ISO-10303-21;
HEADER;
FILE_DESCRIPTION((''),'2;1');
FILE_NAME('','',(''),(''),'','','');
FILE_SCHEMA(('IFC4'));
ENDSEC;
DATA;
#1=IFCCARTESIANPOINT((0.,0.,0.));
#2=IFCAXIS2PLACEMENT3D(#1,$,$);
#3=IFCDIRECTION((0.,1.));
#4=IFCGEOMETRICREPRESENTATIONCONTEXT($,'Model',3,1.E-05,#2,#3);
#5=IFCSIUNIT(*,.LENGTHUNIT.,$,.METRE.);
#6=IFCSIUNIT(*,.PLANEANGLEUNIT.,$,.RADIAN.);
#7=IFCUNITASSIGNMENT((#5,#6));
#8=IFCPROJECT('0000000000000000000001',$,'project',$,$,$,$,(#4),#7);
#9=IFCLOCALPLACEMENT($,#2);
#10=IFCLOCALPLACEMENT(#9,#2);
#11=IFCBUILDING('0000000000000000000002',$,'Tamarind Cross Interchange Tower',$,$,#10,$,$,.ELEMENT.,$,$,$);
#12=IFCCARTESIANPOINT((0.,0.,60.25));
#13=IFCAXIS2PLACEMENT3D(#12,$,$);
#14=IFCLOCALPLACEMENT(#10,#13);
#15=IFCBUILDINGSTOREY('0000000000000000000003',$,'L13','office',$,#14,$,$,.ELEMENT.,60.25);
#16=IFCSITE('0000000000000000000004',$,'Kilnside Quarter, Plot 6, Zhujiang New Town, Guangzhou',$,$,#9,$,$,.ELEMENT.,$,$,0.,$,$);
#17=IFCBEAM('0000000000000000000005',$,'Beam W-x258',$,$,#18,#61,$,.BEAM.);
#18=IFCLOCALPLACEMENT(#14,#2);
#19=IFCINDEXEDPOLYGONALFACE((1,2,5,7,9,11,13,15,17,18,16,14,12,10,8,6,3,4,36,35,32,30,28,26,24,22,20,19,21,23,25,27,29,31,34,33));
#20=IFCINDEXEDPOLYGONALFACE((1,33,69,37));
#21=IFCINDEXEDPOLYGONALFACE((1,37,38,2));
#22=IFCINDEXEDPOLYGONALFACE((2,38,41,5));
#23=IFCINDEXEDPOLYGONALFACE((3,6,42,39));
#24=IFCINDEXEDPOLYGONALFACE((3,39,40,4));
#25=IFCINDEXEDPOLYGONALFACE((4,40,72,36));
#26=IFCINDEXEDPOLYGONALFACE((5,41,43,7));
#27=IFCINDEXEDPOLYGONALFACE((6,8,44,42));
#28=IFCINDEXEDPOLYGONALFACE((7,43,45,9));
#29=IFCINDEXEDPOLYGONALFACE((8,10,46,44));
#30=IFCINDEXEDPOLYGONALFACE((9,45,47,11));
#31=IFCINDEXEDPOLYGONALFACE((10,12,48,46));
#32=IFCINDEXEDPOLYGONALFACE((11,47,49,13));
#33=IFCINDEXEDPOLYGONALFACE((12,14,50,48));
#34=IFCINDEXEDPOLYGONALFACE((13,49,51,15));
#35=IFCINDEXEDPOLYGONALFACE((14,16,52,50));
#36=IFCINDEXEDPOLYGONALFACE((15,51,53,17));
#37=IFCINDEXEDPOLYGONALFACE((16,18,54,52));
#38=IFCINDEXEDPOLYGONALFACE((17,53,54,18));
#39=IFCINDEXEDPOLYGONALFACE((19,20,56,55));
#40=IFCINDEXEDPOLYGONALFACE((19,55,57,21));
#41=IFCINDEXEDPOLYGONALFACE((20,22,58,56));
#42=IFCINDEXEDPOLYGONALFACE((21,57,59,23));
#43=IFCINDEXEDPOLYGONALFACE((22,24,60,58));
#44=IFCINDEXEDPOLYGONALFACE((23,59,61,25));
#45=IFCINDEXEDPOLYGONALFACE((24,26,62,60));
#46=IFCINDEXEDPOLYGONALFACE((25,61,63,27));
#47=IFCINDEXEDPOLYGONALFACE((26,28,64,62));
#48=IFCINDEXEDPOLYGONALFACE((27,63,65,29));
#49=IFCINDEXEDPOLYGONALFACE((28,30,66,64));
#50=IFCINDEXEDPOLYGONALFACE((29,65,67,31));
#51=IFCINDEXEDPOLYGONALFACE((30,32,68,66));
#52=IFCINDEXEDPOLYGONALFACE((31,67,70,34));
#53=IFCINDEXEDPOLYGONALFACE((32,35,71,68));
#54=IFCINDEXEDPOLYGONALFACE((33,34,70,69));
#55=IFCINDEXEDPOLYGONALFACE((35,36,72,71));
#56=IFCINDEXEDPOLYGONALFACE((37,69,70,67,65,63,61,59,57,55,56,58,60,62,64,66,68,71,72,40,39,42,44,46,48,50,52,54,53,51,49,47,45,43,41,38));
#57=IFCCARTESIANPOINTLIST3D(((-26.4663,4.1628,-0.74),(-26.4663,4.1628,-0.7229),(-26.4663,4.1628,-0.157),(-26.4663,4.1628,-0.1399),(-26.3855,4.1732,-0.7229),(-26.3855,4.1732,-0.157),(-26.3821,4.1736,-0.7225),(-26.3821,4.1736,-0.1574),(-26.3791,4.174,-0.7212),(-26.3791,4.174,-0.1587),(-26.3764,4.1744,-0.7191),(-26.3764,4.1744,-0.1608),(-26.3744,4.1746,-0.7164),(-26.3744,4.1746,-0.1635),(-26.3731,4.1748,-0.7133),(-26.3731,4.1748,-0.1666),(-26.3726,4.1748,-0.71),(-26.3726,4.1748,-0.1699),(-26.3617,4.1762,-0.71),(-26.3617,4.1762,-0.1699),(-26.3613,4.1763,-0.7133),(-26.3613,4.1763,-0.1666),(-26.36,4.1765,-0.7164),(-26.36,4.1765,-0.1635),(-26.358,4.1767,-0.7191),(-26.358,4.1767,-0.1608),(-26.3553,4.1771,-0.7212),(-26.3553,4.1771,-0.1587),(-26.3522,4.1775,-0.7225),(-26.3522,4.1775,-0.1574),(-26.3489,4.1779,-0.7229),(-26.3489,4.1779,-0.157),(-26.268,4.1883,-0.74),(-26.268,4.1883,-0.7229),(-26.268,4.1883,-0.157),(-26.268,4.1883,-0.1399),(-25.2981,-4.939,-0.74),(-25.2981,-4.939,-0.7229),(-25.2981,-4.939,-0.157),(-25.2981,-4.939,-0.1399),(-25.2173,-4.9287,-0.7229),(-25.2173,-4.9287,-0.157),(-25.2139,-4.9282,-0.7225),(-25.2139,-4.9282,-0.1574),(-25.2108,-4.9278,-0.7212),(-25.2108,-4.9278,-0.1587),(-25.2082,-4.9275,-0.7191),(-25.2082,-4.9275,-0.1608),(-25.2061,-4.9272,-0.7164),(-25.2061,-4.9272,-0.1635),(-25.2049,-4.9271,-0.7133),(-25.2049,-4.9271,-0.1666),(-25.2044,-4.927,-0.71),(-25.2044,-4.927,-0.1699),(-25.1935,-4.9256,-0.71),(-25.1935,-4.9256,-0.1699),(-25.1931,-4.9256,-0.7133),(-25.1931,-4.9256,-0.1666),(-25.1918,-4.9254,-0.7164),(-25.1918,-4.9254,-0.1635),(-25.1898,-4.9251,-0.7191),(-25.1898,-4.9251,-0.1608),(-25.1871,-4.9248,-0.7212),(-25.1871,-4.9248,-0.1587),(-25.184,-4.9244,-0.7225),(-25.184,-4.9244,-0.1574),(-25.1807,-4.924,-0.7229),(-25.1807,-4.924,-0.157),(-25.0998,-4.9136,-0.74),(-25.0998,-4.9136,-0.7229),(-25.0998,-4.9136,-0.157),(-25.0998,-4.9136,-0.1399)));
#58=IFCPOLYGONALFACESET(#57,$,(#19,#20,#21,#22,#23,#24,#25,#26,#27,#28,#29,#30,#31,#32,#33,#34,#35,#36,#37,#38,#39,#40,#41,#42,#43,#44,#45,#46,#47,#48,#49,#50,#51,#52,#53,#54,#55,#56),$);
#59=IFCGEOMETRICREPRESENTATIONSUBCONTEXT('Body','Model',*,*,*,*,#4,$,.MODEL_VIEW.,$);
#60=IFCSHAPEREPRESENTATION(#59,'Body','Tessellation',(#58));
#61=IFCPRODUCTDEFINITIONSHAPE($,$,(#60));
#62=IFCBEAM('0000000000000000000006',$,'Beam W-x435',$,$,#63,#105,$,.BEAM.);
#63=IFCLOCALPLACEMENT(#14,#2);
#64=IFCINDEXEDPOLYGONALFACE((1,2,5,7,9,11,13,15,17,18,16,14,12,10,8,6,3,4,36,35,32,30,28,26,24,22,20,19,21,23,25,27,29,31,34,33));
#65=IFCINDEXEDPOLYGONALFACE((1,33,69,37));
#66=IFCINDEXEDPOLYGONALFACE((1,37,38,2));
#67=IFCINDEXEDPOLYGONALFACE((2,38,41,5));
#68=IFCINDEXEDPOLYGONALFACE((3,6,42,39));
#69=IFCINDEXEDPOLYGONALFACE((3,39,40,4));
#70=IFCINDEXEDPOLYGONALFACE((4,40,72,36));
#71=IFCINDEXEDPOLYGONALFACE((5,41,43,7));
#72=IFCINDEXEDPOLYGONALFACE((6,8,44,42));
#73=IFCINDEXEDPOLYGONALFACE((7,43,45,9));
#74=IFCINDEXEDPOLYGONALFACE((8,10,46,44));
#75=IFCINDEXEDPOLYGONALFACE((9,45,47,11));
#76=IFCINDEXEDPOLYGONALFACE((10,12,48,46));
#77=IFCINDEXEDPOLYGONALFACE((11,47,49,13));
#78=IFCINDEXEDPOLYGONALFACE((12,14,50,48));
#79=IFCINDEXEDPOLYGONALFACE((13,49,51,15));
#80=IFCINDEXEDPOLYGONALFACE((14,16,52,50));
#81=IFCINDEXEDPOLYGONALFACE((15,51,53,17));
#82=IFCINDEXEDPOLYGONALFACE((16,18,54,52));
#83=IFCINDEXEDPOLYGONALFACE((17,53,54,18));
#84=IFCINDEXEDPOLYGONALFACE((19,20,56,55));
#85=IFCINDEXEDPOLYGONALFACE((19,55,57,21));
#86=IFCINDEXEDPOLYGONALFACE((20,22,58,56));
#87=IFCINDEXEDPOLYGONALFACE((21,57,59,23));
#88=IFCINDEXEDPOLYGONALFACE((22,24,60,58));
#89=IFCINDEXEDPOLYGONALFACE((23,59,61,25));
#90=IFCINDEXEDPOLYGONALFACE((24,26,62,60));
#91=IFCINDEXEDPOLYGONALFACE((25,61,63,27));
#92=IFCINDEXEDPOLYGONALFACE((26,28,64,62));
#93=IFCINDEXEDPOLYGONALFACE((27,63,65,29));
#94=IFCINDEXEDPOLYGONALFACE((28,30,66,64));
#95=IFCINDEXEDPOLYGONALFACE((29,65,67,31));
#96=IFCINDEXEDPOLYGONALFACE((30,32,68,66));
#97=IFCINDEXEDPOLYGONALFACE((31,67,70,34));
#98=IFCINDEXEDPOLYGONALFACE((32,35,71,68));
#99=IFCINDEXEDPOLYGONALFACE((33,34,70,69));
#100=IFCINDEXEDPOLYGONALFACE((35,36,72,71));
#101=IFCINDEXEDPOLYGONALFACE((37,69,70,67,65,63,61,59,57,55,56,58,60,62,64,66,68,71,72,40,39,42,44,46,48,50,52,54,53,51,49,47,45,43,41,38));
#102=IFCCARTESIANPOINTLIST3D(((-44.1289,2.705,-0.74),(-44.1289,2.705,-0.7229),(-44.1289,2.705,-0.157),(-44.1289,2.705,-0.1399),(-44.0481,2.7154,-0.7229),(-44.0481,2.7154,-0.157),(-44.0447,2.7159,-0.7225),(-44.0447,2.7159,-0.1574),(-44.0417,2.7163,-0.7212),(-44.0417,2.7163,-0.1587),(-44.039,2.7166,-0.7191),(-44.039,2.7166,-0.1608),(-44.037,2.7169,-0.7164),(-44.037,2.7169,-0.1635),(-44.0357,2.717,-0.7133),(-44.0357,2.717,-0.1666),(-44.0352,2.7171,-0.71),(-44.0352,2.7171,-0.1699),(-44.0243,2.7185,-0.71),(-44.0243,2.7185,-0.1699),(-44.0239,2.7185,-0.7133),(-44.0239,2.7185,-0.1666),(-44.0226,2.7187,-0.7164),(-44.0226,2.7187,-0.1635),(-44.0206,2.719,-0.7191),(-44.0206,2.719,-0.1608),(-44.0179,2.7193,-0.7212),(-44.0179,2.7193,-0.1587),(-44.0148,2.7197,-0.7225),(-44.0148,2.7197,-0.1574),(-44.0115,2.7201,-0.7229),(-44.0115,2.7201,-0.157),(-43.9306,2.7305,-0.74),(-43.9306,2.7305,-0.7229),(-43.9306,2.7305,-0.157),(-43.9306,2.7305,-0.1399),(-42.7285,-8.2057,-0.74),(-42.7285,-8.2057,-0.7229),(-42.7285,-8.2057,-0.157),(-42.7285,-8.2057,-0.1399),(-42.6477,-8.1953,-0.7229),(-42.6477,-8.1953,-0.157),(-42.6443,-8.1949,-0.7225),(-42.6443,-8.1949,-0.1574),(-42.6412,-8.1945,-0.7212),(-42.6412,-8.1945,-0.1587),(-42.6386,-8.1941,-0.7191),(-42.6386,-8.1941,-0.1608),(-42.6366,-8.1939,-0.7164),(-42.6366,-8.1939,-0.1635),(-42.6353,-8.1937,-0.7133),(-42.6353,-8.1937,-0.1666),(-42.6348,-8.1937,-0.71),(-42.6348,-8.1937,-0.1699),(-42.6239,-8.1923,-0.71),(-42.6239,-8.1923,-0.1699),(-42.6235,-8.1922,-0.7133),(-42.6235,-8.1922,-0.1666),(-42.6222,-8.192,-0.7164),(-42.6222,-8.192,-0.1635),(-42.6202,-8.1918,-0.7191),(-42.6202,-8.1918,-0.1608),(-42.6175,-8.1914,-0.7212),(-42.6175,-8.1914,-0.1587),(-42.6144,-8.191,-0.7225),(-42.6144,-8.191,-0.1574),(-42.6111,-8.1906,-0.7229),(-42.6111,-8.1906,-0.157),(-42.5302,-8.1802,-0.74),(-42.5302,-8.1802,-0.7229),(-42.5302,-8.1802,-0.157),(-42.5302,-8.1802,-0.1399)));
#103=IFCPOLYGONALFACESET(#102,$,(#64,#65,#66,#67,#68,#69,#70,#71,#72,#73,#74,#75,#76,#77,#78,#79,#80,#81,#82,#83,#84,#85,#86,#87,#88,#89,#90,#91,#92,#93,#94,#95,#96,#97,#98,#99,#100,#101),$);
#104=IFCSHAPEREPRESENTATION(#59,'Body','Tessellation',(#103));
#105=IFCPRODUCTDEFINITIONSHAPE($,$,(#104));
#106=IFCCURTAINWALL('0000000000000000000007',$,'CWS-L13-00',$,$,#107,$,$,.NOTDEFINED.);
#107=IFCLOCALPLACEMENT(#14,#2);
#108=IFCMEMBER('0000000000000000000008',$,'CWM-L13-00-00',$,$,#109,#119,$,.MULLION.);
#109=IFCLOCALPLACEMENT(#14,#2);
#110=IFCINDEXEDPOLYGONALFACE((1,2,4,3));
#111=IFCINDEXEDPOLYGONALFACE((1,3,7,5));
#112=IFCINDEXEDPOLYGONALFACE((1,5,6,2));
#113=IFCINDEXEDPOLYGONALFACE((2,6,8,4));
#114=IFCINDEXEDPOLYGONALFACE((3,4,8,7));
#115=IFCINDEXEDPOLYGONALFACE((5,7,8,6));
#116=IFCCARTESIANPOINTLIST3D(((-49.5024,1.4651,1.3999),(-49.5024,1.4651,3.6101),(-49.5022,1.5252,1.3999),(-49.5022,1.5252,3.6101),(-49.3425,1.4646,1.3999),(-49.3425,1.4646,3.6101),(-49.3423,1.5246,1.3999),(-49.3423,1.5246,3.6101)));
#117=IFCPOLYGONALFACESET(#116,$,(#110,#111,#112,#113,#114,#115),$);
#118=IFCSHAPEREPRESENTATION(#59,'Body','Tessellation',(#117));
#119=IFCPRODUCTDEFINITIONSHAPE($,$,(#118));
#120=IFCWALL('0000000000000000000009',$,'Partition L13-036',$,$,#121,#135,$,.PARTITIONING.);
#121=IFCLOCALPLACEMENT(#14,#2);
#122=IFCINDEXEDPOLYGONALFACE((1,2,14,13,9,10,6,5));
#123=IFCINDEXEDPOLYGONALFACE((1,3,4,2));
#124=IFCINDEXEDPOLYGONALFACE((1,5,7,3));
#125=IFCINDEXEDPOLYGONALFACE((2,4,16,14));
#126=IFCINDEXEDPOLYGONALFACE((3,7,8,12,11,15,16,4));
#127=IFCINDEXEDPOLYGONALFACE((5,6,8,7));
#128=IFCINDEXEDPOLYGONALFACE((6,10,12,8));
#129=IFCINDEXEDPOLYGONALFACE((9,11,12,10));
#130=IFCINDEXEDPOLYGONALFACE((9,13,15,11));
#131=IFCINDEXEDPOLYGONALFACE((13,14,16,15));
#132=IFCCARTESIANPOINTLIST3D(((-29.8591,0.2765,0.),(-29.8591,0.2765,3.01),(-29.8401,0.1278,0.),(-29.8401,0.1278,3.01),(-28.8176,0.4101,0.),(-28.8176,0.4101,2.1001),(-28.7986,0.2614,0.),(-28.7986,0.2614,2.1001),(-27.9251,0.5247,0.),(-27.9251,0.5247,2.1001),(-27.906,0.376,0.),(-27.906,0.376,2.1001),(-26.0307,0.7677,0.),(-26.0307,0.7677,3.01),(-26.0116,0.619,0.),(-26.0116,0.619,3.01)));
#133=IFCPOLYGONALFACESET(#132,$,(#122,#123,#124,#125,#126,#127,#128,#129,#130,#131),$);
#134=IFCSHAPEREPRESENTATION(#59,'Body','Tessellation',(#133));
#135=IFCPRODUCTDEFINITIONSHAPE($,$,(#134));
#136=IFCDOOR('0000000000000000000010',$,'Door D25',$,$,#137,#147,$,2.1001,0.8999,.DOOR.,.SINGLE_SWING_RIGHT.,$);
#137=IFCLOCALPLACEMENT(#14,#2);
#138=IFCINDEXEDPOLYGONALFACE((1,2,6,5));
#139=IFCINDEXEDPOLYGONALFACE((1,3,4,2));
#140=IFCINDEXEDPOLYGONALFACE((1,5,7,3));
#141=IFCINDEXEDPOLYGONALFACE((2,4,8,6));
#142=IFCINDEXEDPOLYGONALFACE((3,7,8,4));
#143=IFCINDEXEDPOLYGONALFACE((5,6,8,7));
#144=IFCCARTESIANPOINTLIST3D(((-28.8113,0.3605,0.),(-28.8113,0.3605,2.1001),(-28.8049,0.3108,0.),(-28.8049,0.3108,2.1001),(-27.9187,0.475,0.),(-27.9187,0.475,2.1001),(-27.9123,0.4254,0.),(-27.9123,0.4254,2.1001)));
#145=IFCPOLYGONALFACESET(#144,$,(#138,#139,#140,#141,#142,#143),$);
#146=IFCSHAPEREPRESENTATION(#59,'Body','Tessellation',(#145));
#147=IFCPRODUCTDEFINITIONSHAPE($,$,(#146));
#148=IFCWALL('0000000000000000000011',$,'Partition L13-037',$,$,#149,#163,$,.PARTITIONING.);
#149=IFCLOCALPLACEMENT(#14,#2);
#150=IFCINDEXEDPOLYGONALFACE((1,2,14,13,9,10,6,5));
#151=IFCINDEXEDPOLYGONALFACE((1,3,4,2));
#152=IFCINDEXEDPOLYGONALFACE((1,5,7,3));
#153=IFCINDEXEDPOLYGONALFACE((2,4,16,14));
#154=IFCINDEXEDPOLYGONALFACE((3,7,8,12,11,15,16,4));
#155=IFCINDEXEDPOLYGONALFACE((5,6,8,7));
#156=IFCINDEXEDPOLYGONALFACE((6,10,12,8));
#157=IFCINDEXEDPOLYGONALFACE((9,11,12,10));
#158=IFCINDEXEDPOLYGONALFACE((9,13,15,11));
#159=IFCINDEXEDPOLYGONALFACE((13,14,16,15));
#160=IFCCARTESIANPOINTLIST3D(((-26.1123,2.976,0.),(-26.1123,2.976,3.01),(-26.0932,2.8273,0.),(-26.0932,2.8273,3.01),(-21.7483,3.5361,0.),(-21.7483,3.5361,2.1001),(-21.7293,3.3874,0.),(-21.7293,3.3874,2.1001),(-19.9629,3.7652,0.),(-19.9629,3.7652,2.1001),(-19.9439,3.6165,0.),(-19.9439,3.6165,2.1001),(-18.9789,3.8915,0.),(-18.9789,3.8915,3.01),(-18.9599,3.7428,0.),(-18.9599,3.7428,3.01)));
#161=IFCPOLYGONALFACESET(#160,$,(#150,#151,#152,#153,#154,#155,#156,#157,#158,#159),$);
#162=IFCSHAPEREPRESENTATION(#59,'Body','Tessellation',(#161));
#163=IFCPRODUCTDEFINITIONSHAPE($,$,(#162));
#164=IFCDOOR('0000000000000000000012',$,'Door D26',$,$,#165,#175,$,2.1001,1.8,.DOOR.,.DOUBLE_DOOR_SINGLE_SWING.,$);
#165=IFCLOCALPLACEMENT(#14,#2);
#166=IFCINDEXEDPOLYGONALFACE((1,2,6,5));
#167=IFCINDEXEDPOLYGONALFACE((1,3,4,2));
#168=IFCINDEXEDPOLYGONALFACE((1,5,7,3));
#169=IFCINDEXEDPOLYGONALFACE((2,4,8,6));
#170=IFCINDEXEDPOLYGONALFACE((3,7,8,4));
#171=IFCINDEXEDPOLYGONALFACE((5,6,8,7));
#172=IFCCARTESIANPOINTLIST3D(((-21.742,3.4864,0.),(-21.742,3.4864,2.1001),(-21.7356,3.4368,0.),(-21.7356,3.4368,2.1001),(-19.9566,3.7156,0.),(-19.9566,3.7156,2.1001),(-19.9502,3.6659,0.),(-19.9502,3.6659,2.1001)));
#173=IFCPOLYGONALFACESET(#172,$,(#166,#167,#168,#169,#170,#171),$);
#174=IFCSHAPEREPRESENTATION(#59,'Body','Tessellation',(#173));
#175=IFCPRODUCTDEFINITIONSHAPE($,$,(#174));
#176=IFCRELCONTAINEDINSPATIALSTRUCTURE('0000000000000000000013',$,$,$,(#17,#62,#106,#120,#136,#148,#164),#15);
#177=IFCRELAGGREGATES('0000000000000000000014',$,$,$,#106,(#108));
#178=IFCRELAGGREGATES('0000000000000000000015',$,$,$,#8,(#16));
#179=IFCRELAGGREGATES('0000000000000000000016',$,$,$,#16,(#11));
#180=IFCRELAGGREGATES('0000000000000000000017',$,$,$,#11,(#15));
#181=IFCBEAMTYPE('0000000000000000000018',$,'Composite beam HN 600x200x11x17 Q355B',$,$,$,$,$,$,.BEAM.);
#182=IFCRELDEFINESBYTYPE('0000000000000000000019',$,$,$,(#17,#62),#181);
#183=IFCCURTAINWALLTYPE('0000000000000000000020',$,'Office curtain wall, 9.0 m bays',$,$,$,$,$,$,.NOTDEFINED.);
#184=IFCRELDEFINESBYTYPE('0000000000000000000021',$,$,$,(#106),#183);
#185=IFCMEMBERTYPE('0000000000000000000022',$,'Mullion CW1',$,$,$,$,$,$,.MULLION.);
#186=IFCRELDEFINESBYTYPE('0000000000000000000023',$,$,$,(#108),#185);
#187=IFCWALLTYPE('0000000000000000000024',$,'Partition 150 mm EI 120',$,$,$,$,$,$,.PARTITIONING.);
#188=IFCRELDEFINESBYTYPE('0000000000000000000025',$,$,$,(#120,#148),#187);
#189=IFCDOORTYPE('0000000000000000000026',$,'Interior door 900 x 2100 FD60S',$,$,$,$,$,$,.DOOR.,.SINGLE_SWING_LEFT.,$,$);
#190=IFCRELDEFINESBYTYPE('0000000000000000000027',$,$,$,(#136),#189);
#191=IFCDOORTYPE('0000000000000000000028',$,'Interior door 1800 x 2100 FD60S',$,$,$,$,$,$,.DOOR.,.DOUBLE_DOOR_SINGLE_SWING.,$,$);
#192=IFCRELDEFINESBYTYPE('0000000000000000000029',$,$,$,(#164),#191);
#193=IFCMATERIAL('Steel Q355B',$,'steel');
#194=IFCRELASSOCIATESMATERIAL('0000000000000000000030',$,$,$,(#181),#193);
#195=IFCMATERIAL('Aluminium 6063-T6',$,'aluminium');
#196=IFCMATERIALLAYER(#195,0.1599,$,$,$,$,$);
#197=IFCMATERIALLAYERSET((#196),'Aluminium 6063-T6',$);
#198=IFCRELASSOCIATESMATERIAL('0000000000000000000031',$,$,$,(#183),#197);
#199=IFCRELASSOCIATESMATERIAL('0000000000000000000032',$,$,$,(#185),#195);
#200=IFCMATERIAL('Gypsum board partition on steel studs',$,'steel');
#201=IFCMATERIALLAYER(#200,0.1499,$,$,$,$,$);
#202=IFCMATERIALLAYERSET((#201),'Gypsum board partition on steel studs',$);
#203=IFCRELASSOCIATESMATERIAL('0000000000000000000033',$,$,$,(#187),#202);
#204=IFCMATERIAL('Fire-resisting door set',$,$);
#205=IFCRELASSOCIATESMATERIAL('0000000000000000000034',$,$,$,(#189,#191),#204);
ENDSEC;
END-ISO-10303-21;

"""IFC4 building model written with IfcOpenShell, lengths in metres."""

from ifc_helpers import new_model, si_unit, direction, frame, frame_2d, origin, origin_2d, place, context, subcontext, project, spatial, rectangle, i_section, extrude, material, layer, layer_set, material_profile, profile_set, type_object, element, fill, aggregate, save


model = new_model("IFC4")

# Units and contexts
model_context = context("Model", 3, precision=1e-05, world=origin(), true_north=direction((0.0, 1.0)))
body_context = subcontext(model_context, "Body", "Model", "MODEL_VIEW")
ifc_project = project(units=[si_unit("LENGTHUNIT", "METRE"), si_unit("PLANEANGLEUNIT", "RADIAN")], contexts=[model_context])

# Site, building, storey
site_placement = place(None, origin())
site = spatial("IfcSite", under=ifc_project, at=site_placement, Name="Kilnside Quarter, Plot 6, Zhujiang New Town, Guangzhou", CompositionType="ELEMENT", RefElevation=0.0)
building_placement = place(site_placement, origin())
building = spatial("IfcBuilding", under=site, at=building_placement, Name="Tamarind Cross Interchange Tower", CompositionType="ELEMENT")
storey_placement = place(building_placement, frame((0.0, 0.0, 60.25)))
storey = spatial("IfcBuildingStorey", under=building, at=storey_placement, Name="L13", Description="office", CompositionType="ELEMENT", Elevation=60.25)

# Beams
ifc_material_1 = material(Name="Steel Q355B", Category="steel")
ifc_material_profile_1 = material_profile(ifc_material_1, i_section(OverallWidth=0.2, OverallDepth=0.6001, WebThickness=0.011, FlangeThickness=0.0171, FilletRadius=0.0129, at=origin_2d()), Name="HN 600x200x11x17")
ifc_profile_set_1 = profile_set([ifc_material_profile_1], Name="Steel Q355B")
beam_type_1 = type_object("IfcBeamType", Name="Composite beam HN 600x200x11x17 Q355B", PredefinedType="BEAM", material=ifc_profile_set_1)
beam_1_placement = place(storey_placement, frame((-26.3672, 4.1755, -0.4399), z_axis=(0.127305, -0.991864, 0.0), x_axis=(0.991864, 0.127305, 0.0)))
element("IfcBeam", 1, at=beam_1_placement, inside=storey, type_object=beam_type_1, Name="Beam W-x258", PredefinedType="BEAM", context=body_context, shape_type="SweptSolid", body=[
    extrude(i_section(OverallWidth=0.2, OverallDepth=0.6001, WebThickness=0.011, FlangeThickness=0.0171, FilletRadius=0.0129, at=origin_2d()), origin(), (0.0, 0.0, 1.0), 9.1765),
])
beam_2_placement = place(storey_placement, frame((-44.0298, 2.7178, -0.4399), z_axis=(0.127307, -0.991863, 0.0), x_axis=(0.991863, 0.127307, 0.0)))
element("IfcBeam", 2, at=beam_2_placement, inside=storey, type_object=beam_type_1, Name="Beam W-x435", PredefinedType="BEAM", context=body_context, shape_type="SweptSolid", body=[
    extrude(i_section(OverallWidth=0.2, OverallDepth=0.6001, WebThickness=0.011, FlangeThickness=0.0171, FilletRadius=0.0129, at=origin_2d()), origin(), (0.0, 0.0, 1.0), 11.0002),
])

# Curtain wall, member
ifc_material_2 = material(Name="Aluminium 6063-T6", Category="aluminium")
ifc_layer_1 = layer(ifc_material_2, 0.1599)
ifc_layer_set_1 = layer_set([ifc_layer_1], Name="Aluminium 6063-T6")
curtain_wall_type = type_object("IfcCurtainWallType", Name="Office curtain wall, 9.0 m bays", PredefinedType="NOTDEFINED", material=ifc_layer_set_1)
curtain_wall_placement = place(storey_placement, origin())
curtain_wall = element("IfcCurtainWall", 3, at=curtain_wall_placement, inside=storey, type_object=curtain_wall_type, Name="CWS-L13-00", PredefinedType="NOTDEFINED")
ifc_material_profile_2 = material_profile(ifc_material_2, rectangle(XDim=0.0601, YDim=0.1599, at=origin_2d()), Name="Mullion CW1")
ifc_profile_set_2 = profile_set([ifc_material_profile_2], Name="Aluminium 6063-T6")
member_type = type_object("IfcMemberType", Name="Mullion CW1", PredefinedType="MULLION", material=ifc_profile_set_2)
member_placement = place(storey_placement, frame((-49.4224, 1.4949, 1.3999), z_axis=(0.0, 0.0, 1.0), x_axis=(-0.003253, -0.999995, 0.0)))
member = element("IfcMember", 4, at=member_placement, type_object=member_type, Name="CWM-L13-00-00", PredefinedType="MULLION", context=body_context, shape_type="SweptSolid", body=[
    extrude(rectangle(XDim=0.0601, YDim=0.1599, at=origin_2d()), origin(), (0.0, 0.0, 1.0), 2.2102),
])
aggregate(curtain_wall, [member])

# Walls, openings, doors
ifc_material_3 = material(Name="Gypsum board partition on steel studs", Category="steel")
ifc_layer_2 = layer(ifc_material_3, 0.1499)
ifc_layer_set_2 = layer_set([ifc_layer_2], Name="Gypsum board partition on steel studs")
wall_type_1 = type_object("IfcWallType", Name="Partition 150 mm EI 120", PredefinedType="PARTITIONING", material=ifc_layer_set_2)
wall_1_placement = place(storey_placement, frame((-29.8496, 0.2021, 0.0), z_axis=(0.0, 0.0, 1.0), x_axis=(0.991869, 0.127265, 0.0)))
wall_1 = element("IfcWall", 5, at=wall_1_placement, inside=storey, type_object=wall_type_1, Name="Partition L13-036", PredefinedType="PARTITIONING", context=body_context, shape_type="SweptSolid", body=[
    extrude(rectangle(XDim=3.8599, YDim=0.1499, at=frame_2d((1.9299, 0.0))), origin(), (0.0, 0.0, 1.0), 3.01),
])
opening_1_placement = place(wall_1_placement, frame((1.05, 0.0, 0.0)))
opening_1 = element("IfcOpeningElement", 6, at=opening_1_placement, cuts=wall_1, PredefinedType="OPENING", context=body_context, shape_type="SweptSolid", body=[
    extrude(rectangle(XDim=0.8999, YDim=2.1001, at=frame_2d((0.45, 1.05))), frame((0.0, 0.085, 0.0), z_axis=(0.0, -1.0, 0.0), x_axis=(1.0, 0.0, 0.0)), (0.0, 0.0, 1.0), 0.1699),
])
ifc_material_4 = material(Name="Fire-resisting door set")
door_type_1 = type_object("IfcDoorType", Name="Interior door 900 x 2100 FD60S", OperationType="SINGLE_SWING_LEFT", PredefinedType="DOOR", material=ifc_material_4)
door_1_placement = place(opening_1_placement, origin())
door_1 = element("IfcDoor", 7, at=door_1_placement, inside=storey, type_object=door_type_1, Name="Door D25", OperationType="SINGLE_SWING_RIGHT", OverallHeight=2.1001, OverallWidth=0.8999, PredefinedType="DOOR", context=body_context, shape_type="SweptSolid", body=[
    extrude(rectangle(XDim=0.8999, YDim=2.1001, at=frame_2d((0.45, 1.05))), frame((0.0, 0.0249, 0.0), z_axis=(0.0, -1.0, 0.0), x_axis=(1.0, 0.0, 0.0)), (0.0, 0.0, 1.0), 0.05),
])
fill(opening_1, door_1)
wall_2_placement = place(storey_placement, frame((-26.1028, 2.9016, 0.0), z_axis=(0.0, 0.0, 1.0), x_axis=(0.991864, 0.127301, 0.0)))
wall_2 = element("IfcWall", 8, at=wall_2_placement, inside=storey, type_object=wall_type_1, Name="Partition L13-037", PredefinedType="PARTITIONING", context=body_context, shape_type="SweptSolid", body=[
    extrude(rectangle(XDim=7.1919, YDim=0.1499, at=frame_2d((3.5959, 0.0))), origin(), (0.0, 0.0, 1.0), 3.01),
])
opening_2_placement = place(wall_2_placement, frame((4.3999, 0.0, 0.0)))
opening_2 = element("IfcOpeningElement", 9, at=opening_2_placement, cuts=wall_2, PredefinedType="OPENING", context=body_context, shape_type="SweptSolid", body=[
    extrude(rectangle(XDim=1.8, YDim=2.1001, at=frame_2d((0.8999, 1.05))), frame((0.0, 0.085, 0.0), z_axis=(0.0, -1.0, 0.0), x_axis=(1.0, 0.0, 0.0)), (0.0, 0.0, 1.0), 0.1699),
])
door_type_2 = type_object("IfcDoorType", Name="Interior door 1800 x 2100 FD60S", OperationType="DOUBLE_DOOR_SINGLE_SWING", PredefinedType="DOOR", material=ifc_material_4)
door_2_placement = place(opening_2_placement, origin())
door_2 = element("IfcDoor", 10, at=door_2_placement, inside=storey, type_object=door_type_2, Name="Door D26", OperationType="DOUBLE_DOOR_SINGLE_SWING", OverallHeight=2.1001, OverallWidth=1.8, PredefinedType="DOOR", context=body_context, shape_type="SweptSolid", body=[
    extrude(rectangle(XDim=1.8, YDim=2.1001, at=frame_2d((0.8999, 1.05))), frame((0.0, 0.0249, 0.0), z_axis=(0.0, -1.0, 0.0), x_axis=(1.0, 0.0, 0.0)), (0.0, 0.0, 1.0), 0.05),
])
fill(opening_2, door_2)

save(model, "model.ifc")
